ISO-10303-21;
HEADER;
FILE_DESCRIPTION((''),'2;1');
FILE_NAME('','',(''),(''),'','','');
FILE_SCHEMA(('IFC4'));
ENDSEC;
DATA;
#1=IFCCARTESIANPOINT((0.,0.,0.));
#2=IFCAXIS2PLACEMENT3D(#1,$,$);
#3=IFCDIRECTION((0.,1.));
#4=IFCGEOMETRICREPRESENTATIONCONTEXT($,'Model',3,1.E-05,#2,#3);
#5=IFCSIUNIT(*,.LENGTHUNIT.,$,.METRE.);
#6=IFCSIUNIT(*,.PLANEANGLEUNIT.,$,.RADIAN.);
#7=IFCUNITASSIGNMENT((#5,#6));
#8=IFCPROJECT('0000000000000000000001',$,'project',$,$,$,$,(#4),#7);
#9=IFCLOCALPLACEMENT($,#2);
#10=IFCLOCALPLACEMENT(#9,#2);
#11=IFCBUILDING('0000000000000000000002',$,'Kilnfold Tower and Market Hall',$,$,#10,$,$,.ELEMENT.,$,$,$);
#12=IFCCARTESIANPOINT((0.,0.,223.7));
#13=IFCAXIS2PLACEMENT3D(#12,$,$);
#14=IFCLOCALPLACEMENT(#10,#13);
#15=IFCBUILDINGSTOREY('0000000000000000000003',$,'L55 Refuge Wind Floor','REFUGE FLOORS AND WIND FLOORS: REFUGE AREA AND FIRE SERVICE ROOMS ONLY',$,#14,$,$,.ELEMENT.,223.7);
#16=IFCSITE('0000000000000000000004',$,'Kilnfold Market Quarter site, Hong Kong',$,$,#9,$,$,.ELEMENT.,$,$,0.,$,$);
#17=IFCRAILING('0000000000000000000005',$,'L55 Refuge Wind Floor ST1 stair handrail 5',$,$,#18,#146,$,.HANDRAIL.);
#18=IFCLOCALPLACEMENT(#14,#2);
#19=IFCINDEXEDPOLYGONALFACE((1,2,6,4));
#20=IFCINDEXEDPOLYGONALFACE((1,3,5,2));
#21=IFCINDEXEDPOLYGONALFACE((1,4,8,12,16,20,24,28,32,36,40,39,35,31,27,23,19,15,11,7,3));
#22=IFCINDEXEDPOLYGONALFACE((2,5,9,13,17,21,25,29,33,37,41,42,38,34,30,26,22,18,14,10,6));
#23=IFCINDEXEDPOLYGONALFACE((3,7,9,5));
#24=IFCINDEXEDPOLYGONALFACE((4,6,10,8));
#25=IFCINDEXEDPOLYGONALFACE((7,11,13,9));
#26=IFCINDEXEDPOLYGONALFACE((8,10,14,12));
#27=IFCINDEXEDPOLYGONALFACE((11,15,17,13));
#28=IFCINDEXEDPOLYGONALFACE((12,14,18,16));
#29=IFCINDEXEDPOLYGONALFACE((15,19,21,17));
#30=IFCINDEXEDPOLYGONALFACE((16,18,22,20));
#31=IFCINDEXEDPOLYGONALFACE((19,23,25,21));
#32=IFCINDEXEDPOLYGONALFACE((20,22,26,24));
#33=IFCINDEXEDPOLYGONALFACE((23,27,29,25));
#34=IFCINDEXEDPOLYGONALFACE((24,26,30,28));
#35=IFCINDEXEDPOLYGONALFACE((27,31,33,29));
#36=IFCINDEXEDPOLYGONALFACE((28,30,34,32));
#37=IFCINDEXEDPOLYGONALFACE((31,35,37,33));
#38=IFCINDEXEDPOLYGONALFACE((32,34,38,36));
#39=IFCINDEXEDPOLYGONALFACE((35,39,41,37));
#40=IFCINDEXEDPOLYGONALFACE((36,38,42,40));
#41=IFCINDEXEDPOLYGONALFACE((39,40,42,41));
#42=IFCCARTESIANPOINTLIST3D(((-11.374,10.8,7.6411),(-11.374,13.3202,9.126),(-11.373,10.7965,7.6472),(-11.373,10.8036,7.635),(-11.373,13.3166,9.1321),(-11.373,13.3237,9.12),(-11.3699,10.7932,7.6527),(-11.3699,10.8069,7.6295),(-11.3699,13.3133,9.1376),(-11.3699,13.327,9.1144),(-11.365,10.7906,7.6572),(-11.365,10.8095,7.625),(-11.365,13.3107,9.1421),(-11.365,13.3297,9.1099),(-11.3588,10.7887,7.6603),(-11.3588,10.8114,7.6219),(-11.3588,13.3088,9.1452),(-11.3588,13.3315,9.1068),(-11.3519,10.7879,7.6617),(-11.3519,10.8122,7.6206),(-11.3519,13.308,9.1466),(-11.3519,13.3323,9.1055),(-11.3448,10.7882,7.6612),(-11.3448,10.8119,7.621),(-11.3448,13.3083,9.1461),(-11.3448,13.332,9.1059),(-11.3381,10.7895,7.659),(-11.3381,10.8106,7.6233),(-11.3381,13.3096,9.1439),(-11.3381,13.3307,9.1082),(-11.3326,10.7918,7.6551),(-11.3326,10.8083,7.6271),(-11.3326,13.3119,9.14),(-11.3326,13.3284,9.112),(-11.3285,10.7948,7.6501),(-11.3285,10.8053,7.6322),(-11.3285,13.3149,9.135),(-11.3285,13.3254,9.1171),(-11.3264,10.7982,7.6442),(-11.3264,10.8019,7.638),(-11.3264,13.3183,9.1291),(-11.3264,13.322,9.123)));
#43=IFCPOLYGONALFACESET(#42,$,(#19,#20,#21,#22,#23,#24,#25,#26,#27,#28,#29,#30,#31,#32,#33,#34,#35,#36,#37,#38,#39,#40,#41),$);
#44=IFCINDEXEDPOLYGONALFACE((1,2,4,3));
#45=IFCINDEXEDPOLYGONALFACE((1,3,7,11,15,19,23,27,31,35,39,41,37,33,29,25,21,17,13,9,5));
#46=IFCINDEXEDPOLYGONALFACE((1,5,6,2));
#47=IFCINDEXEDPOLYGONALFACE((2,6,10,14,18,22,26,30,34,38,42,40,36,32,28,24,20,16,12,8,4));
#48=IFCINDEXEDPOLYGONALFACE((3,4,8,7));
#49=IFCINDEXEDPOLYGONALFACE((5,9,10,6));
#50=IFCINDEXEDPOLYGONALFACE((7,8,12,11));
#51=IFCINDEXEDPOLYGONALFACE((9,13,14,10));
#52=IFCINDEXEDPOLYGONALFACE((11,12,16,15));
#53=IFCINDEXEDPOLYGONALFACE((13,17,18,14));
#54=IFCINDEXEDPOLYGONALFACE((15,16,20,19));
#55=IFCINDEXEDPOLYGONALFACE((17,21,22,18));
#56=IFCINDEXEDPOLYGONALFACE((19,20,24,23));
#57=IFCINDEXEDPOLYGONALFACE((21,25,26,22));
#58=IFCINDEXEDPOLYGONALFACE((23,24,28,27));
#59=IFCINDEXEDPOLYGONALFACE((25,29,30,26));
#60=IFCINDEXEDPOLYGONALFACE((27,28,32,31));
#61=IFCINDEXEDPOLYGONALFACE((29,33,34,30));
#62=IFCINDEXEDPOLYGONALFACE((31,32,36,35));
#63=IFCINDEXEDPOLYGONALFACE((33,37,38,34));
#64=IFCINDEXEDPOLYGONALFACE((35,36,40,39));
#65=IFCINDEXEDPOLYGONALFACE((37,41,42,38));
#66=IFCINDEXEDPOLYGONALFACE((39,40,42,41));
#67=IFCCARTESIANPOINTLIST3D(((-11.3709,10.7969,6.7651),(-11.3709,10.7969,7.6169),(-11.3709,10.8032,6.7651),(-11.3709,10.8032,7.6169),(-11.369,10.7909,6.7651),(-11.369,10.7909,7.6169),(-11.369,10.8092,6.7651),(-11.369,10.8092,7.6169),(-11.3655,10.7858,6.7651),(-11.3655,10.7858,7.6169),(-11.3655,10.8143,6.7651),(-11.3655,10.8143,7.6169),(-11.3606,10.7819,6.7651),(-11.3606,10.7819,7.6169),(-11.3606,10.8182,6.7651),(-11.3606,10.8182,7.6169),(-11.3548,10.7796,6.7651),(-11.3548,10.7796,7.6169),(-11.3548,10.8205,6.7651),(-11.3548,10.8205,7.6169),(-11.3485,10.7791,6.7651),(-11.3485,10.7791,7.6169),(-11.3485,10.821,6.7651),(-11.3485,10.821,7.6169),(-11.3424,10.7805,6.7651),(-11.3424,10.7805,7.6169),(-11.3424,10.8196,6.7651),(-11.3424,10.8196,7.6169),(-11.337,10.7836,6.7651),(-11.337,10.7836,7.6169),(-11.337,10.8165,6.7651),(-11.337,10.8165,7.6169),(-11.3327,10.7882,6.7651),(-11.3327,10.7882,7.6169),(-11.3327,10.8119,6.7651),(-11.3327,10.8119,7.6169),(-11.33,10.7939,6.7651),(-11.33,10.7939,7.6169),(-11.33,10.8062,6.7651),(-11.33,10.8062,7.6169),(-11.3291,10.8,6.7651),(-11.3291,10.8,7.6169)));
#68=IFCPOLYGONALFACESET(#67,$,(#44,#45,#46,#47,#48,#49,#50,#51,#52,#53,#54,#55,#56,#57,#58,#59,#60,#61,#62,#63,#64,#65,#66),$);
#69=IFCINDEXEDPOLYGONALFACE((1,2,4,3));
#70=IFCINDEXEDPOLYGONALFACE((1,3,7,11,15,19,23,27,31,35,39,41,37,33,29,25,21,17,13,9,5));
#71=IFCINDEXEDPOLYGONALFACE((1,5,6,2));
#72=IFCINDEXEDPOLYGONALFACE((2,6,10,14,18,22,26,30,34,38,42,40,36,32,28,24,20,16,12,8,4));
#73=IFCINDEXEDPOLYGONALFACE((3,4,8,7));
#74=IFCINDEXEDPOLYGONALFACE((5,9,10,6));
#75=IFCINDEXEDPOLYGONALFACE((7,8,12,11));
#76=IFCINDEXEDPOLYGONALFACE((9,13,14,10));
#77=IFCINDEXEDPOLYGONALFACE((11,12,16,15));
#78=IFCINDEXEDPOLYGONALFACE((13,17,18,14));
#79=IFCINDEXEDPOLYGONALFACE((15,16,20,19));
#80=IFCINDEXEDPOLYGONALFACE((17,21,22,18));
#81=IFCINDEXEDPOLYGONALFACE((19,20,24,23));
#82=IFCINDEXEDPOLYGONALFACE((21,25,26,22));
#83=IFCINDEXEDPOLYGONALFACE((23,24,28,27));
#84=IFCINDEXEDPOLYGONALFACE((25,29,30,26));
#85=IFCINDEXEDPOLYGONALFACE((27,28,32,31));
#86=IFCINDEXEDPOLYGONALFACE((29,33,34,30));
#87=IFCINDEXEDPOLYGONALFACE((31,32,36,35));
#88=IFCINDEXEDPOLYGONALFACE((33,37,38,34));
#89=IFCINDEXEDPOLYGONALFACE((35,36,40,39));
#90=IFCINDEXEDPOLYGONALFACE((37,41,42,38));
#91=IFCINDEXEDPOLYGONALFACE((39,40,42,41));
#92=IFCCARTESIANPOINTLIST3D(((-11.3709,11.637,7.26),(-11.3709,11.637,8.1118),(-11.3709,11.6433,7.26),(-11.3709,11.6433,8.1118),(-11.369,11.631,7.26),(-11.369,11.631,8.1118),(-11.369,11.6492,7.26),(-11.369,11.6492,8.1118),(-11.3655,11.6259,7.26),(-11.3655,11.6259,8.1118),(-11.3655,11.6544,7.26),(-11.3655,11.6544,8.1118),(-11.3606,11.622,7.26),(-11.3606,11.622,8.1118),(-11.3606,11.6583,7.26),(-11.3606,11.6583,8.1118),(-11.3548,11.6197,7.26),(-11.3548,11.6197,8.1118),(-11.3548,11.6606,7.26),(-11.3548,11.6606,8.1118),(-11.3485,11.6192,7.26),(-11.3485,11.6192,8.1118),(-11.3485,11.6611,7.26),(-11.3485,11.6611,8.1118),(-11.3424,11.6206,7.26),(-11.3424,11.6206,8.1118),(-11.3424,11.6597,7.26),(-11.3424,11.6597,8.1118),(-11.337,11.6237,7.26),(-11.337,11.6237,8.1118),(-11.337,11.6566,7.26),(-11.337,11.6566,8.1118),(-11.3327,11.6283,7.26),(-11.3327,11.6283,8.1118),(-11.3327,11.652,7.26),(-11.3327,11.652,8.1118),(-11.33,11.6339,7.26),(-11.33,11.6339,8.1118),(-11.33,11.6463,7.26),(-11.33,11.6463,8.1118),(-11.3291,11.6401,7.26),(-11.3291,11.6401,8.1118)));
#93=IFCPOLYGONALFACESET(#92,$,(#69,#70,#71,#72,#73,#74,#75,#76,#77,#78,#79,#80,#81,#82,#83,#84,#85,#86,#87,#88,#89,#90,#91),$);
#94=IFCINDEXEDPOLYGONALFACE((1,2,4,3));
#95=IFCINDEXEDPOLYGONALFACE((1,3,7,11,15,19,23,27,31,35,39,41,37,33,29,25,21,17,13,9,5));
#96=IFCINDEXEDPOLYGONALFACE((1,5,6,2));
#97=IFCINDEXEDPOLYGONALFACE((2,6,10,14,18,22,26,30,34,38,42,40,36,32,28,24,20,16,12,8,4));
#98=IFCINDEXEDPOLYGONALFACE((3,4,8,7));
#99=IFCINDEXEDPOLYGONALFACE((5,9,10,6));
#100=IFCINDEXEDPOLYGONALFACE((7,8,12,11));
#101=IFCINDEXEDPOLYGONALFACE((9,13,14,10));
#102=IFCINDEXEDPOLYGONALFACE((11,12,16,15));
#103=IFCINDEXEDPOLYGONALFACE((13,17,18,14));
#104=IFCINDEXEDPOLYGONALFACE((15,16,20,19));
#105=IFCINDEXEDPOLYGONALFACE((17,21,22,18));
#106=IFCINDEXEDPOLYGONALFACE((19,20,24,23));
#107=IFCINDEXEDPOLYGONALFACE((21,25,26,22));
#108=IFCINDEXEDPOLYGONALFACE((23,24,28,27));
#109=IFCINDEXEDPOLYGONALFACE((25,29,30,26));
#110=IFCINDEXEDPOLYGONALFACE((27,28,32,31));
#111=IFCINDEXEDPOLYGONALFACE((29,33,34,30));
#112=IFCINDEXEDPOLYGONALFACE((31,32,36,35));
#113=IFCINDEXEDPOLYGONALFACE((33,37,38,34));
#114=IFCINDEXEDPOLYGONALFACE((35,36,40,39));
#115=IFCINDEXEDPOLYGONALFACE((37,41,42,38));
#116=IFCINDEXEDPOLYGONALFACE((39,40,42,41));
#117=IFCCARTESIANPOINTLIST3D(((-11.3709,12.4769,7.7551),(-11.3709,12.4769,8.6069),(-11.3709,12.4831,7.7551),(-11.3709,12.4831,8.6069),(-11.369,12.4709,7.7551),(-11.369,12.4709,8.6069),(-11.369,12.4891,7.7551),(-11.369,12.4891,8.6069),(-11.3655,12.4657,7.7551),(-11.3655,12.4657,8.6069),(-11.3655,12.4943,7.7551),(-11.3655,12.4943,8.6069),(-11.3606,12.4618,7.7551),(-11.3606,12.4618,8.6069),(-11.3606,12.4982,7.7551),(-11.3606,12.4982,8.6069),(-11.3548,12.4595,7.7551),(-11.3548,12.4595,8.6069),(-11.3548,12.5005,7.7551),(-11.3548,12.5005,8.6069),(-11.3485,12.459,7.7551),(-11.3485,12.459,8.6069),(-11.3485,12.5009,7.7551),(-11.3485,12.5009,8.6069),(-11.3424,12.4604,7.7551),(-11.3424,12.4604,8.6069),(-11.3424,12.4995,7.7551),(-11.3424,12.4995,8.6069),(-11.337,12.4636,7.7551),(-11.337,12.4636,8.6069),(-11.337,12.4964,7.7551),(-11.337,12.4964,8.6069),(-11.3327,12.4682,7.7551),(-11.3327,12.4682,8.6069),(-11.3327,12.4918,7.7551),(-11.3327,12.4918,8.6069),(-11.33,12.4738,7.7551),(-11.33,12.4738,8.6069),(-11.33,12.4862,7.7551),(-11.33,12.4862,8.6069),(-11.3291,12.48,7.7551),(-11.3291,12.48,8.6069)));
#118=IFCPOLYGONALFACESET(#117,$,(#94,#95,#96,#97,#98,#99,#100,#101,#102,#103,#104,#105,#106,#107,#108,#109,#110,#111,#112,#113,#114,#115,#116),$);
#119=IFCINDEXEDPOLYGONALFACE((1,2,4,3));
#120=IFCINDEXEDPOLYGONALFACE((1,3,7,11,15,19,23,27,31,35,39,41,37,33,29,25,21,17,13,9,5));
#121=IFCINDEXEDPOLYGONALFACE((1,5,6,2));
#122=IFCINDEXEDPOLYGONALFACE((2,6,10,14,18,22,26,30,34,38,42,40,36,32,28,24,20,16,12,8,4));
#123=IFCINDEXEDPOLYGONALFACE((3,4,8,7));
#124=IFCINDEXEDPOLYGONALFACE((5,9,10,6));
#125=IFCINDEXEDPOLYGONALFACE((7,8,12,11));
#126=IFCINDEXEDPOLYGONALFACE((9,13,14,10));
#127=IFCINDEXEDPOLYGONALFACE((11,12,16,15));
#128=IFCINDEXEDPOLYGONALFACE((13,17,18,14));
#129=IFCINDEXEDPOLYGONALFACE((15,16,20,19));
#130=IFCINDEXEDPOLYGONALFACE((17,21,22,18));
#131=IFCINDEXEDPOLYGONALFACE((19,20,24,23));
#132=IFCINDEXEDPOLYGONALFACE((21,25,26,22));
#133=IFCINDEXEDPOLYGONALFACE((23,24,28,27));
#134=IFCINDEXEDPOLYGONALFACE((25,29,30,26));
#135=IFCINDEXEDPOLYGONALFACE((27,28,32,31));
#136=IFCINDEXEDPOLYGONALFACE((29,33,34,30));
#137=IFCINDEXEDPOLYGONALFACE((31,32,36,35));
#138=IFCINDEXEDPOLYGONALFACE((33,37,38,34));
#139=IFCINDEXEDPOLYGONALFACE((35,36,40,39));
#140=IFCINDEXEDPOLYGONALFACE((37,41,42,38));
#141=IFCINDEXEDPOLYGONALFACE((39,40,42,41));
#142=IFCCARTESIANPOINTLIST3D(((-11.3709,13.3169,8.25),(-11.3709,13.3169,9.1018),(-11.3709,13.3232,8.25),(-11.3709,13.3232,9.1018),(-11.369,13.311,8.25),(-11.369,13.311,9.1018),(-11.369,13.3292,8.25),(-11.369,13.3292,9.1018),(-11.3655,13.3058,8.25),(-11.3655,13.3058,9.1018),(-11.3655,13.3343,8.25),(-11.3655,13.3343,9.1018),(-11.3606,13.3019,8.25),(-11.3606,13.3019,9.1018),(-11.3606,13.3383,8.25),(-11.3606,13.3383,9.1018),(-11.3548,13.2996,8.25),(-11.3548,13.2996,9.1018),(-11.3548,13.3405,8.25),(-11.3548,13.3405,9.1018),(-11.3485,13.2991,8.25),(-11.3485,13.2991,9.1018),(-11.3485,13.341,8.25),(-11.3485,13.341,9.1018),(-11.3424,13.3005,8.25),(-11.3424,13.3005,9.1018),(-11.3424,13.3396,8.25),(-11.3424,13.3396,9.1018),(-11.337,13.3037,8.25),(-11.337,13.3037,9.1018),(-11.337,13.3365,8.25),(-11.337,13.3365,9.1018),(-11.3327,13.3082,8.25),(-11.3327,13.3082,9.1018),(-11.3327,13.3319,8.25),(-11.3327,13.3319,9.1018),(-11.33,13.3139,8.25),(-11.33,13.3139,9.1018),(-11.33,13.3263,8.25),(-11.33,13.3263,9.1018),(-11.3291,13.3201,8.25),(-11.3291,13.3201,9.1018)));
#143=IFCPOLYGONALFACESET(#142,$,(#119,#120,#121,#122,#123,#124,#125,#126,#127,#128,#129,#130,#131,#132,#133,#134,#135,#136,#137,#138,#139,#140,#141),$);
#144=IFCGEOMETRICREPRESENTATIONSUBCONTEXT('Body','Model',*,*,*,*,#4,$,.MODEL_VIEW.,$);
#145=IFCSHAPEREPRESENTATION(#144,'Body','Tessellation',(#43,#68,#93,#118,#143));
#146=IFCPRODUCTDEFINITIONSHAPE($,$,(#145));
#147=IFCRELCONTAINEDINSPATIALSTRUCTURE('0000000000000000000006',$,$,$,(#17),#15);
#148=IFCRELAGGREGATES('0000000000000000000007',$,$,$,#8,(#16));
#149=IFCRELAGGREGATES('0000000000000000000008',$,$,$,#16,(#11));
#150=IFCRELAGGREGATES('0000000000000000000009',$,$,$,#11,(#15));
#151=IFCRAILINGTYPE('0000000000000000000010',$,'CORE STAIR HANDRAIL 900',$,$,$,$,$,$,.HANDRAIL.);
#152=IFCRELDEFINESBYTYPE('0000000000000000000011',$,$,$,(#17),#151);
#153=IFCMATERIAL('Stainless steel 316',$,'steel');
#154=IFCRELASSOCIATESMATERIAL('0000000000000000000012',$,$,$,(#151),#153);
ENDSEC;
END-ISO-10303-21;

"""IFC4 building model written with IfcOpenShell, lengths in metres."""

from ifc_helpers import new_model, si_unit, direction, frame, origin, origin_2d, place, context, subcontext, project, spatial, circle, extrude, material, type_object, element, save


model = new_model("IFC4")

# Units and contexts
model_context = context("Model", 3, precision=1e-05, world=origin(), true_north=direction((0.0, 1.0)))
body_context = subcontext(model_context, "Body", "Model", "MODEL_VIEW")
ifc_project = project(units=[si_unit("LENGTHUNIT", "METRE"), si_unit("PLANEANGLEUNIT", "RADIAN")], contexts=[model_context])

# Site, building, storey
site_placement = place(None, origin())
site = spatial("IfcSite", under=ifc_project, at=site_placement, Name="Kilnfold Market Quarter site, Hong Kong", CompositionType="ELEMENT", RefElevation=0.0)
building_placement = place(site_placement, origin())
building = spatial("IfcBuilding", under=site, at=building_placement, Name="Kilnfold Tower and Market Hall", CompositionType="ELEMENT")
storey_placement = place(building_placement, frame((0.0, 0.0, 223.7)))
storey = spatial("IfcBuildingStorey", under=building, at=storey_placement, Name="L55 Refuge Wind Floor", Description="REFUGE FLOORS AND WIND FLOORS: REFUGE AREA AND FIRE SERVICE ROOMS ONLY", CompositionType="ELEMENT", Elevation=223.7)

# Railing
ifc_material_1 = material(Name="Stainless steel 316", Category="steel")
railing_type_1 = type_object("IfcRailingType", Name="CORE STAIR HANDRAIL 900", PredefinedType="HANDRAIL", material=ifc_material_1)
railing_1_placement = place(storey_placement, frame((-11.3501, 10.8, 6.7651)))
element("IfcRailing", 1, at=railing_1_placement, inside=storey, type_object=railing_type_1, Name="L55 Refuge Wind Floor ST1 stair handrail 5", PredefinedType="HANDRAIL", context=body_context, shape_type="SweptSolid", body=[
    extrude(circle(Radius=0.0239, at=origin_2d()), frame((0.0, 0.0, 0.876), z_axis=(0.0, 0.861561, 0.507655), x_axis=(-1.0, 0.0, 0.0)), (0.0, 0.0, 1.0), 2.925),
    extrude(circle(Radius=0.021, at=origin_2d()), origin(), (0.0, 0.0, 1.0), 0.8518),
    extrude(circle(Radius=0.021, at=origin_2d()), frame((0.0, 0.8401, 0.4949)), (0.0, 0.0, 1.0), 0.8518),
    extrude(circle(Radius=0.021, at=origin_2d()), frame((0.0, 1.6799, 0.99)), (0.0, 0.0, 1.0), 0.8518),
    extrude(circle(Radius=0.021, at=origin_2d()), frame((0.0, 2.52, 1.4849)), (0.0, 0.0, 1.0), 0.8518),
])

save(model, "model.ifc")
